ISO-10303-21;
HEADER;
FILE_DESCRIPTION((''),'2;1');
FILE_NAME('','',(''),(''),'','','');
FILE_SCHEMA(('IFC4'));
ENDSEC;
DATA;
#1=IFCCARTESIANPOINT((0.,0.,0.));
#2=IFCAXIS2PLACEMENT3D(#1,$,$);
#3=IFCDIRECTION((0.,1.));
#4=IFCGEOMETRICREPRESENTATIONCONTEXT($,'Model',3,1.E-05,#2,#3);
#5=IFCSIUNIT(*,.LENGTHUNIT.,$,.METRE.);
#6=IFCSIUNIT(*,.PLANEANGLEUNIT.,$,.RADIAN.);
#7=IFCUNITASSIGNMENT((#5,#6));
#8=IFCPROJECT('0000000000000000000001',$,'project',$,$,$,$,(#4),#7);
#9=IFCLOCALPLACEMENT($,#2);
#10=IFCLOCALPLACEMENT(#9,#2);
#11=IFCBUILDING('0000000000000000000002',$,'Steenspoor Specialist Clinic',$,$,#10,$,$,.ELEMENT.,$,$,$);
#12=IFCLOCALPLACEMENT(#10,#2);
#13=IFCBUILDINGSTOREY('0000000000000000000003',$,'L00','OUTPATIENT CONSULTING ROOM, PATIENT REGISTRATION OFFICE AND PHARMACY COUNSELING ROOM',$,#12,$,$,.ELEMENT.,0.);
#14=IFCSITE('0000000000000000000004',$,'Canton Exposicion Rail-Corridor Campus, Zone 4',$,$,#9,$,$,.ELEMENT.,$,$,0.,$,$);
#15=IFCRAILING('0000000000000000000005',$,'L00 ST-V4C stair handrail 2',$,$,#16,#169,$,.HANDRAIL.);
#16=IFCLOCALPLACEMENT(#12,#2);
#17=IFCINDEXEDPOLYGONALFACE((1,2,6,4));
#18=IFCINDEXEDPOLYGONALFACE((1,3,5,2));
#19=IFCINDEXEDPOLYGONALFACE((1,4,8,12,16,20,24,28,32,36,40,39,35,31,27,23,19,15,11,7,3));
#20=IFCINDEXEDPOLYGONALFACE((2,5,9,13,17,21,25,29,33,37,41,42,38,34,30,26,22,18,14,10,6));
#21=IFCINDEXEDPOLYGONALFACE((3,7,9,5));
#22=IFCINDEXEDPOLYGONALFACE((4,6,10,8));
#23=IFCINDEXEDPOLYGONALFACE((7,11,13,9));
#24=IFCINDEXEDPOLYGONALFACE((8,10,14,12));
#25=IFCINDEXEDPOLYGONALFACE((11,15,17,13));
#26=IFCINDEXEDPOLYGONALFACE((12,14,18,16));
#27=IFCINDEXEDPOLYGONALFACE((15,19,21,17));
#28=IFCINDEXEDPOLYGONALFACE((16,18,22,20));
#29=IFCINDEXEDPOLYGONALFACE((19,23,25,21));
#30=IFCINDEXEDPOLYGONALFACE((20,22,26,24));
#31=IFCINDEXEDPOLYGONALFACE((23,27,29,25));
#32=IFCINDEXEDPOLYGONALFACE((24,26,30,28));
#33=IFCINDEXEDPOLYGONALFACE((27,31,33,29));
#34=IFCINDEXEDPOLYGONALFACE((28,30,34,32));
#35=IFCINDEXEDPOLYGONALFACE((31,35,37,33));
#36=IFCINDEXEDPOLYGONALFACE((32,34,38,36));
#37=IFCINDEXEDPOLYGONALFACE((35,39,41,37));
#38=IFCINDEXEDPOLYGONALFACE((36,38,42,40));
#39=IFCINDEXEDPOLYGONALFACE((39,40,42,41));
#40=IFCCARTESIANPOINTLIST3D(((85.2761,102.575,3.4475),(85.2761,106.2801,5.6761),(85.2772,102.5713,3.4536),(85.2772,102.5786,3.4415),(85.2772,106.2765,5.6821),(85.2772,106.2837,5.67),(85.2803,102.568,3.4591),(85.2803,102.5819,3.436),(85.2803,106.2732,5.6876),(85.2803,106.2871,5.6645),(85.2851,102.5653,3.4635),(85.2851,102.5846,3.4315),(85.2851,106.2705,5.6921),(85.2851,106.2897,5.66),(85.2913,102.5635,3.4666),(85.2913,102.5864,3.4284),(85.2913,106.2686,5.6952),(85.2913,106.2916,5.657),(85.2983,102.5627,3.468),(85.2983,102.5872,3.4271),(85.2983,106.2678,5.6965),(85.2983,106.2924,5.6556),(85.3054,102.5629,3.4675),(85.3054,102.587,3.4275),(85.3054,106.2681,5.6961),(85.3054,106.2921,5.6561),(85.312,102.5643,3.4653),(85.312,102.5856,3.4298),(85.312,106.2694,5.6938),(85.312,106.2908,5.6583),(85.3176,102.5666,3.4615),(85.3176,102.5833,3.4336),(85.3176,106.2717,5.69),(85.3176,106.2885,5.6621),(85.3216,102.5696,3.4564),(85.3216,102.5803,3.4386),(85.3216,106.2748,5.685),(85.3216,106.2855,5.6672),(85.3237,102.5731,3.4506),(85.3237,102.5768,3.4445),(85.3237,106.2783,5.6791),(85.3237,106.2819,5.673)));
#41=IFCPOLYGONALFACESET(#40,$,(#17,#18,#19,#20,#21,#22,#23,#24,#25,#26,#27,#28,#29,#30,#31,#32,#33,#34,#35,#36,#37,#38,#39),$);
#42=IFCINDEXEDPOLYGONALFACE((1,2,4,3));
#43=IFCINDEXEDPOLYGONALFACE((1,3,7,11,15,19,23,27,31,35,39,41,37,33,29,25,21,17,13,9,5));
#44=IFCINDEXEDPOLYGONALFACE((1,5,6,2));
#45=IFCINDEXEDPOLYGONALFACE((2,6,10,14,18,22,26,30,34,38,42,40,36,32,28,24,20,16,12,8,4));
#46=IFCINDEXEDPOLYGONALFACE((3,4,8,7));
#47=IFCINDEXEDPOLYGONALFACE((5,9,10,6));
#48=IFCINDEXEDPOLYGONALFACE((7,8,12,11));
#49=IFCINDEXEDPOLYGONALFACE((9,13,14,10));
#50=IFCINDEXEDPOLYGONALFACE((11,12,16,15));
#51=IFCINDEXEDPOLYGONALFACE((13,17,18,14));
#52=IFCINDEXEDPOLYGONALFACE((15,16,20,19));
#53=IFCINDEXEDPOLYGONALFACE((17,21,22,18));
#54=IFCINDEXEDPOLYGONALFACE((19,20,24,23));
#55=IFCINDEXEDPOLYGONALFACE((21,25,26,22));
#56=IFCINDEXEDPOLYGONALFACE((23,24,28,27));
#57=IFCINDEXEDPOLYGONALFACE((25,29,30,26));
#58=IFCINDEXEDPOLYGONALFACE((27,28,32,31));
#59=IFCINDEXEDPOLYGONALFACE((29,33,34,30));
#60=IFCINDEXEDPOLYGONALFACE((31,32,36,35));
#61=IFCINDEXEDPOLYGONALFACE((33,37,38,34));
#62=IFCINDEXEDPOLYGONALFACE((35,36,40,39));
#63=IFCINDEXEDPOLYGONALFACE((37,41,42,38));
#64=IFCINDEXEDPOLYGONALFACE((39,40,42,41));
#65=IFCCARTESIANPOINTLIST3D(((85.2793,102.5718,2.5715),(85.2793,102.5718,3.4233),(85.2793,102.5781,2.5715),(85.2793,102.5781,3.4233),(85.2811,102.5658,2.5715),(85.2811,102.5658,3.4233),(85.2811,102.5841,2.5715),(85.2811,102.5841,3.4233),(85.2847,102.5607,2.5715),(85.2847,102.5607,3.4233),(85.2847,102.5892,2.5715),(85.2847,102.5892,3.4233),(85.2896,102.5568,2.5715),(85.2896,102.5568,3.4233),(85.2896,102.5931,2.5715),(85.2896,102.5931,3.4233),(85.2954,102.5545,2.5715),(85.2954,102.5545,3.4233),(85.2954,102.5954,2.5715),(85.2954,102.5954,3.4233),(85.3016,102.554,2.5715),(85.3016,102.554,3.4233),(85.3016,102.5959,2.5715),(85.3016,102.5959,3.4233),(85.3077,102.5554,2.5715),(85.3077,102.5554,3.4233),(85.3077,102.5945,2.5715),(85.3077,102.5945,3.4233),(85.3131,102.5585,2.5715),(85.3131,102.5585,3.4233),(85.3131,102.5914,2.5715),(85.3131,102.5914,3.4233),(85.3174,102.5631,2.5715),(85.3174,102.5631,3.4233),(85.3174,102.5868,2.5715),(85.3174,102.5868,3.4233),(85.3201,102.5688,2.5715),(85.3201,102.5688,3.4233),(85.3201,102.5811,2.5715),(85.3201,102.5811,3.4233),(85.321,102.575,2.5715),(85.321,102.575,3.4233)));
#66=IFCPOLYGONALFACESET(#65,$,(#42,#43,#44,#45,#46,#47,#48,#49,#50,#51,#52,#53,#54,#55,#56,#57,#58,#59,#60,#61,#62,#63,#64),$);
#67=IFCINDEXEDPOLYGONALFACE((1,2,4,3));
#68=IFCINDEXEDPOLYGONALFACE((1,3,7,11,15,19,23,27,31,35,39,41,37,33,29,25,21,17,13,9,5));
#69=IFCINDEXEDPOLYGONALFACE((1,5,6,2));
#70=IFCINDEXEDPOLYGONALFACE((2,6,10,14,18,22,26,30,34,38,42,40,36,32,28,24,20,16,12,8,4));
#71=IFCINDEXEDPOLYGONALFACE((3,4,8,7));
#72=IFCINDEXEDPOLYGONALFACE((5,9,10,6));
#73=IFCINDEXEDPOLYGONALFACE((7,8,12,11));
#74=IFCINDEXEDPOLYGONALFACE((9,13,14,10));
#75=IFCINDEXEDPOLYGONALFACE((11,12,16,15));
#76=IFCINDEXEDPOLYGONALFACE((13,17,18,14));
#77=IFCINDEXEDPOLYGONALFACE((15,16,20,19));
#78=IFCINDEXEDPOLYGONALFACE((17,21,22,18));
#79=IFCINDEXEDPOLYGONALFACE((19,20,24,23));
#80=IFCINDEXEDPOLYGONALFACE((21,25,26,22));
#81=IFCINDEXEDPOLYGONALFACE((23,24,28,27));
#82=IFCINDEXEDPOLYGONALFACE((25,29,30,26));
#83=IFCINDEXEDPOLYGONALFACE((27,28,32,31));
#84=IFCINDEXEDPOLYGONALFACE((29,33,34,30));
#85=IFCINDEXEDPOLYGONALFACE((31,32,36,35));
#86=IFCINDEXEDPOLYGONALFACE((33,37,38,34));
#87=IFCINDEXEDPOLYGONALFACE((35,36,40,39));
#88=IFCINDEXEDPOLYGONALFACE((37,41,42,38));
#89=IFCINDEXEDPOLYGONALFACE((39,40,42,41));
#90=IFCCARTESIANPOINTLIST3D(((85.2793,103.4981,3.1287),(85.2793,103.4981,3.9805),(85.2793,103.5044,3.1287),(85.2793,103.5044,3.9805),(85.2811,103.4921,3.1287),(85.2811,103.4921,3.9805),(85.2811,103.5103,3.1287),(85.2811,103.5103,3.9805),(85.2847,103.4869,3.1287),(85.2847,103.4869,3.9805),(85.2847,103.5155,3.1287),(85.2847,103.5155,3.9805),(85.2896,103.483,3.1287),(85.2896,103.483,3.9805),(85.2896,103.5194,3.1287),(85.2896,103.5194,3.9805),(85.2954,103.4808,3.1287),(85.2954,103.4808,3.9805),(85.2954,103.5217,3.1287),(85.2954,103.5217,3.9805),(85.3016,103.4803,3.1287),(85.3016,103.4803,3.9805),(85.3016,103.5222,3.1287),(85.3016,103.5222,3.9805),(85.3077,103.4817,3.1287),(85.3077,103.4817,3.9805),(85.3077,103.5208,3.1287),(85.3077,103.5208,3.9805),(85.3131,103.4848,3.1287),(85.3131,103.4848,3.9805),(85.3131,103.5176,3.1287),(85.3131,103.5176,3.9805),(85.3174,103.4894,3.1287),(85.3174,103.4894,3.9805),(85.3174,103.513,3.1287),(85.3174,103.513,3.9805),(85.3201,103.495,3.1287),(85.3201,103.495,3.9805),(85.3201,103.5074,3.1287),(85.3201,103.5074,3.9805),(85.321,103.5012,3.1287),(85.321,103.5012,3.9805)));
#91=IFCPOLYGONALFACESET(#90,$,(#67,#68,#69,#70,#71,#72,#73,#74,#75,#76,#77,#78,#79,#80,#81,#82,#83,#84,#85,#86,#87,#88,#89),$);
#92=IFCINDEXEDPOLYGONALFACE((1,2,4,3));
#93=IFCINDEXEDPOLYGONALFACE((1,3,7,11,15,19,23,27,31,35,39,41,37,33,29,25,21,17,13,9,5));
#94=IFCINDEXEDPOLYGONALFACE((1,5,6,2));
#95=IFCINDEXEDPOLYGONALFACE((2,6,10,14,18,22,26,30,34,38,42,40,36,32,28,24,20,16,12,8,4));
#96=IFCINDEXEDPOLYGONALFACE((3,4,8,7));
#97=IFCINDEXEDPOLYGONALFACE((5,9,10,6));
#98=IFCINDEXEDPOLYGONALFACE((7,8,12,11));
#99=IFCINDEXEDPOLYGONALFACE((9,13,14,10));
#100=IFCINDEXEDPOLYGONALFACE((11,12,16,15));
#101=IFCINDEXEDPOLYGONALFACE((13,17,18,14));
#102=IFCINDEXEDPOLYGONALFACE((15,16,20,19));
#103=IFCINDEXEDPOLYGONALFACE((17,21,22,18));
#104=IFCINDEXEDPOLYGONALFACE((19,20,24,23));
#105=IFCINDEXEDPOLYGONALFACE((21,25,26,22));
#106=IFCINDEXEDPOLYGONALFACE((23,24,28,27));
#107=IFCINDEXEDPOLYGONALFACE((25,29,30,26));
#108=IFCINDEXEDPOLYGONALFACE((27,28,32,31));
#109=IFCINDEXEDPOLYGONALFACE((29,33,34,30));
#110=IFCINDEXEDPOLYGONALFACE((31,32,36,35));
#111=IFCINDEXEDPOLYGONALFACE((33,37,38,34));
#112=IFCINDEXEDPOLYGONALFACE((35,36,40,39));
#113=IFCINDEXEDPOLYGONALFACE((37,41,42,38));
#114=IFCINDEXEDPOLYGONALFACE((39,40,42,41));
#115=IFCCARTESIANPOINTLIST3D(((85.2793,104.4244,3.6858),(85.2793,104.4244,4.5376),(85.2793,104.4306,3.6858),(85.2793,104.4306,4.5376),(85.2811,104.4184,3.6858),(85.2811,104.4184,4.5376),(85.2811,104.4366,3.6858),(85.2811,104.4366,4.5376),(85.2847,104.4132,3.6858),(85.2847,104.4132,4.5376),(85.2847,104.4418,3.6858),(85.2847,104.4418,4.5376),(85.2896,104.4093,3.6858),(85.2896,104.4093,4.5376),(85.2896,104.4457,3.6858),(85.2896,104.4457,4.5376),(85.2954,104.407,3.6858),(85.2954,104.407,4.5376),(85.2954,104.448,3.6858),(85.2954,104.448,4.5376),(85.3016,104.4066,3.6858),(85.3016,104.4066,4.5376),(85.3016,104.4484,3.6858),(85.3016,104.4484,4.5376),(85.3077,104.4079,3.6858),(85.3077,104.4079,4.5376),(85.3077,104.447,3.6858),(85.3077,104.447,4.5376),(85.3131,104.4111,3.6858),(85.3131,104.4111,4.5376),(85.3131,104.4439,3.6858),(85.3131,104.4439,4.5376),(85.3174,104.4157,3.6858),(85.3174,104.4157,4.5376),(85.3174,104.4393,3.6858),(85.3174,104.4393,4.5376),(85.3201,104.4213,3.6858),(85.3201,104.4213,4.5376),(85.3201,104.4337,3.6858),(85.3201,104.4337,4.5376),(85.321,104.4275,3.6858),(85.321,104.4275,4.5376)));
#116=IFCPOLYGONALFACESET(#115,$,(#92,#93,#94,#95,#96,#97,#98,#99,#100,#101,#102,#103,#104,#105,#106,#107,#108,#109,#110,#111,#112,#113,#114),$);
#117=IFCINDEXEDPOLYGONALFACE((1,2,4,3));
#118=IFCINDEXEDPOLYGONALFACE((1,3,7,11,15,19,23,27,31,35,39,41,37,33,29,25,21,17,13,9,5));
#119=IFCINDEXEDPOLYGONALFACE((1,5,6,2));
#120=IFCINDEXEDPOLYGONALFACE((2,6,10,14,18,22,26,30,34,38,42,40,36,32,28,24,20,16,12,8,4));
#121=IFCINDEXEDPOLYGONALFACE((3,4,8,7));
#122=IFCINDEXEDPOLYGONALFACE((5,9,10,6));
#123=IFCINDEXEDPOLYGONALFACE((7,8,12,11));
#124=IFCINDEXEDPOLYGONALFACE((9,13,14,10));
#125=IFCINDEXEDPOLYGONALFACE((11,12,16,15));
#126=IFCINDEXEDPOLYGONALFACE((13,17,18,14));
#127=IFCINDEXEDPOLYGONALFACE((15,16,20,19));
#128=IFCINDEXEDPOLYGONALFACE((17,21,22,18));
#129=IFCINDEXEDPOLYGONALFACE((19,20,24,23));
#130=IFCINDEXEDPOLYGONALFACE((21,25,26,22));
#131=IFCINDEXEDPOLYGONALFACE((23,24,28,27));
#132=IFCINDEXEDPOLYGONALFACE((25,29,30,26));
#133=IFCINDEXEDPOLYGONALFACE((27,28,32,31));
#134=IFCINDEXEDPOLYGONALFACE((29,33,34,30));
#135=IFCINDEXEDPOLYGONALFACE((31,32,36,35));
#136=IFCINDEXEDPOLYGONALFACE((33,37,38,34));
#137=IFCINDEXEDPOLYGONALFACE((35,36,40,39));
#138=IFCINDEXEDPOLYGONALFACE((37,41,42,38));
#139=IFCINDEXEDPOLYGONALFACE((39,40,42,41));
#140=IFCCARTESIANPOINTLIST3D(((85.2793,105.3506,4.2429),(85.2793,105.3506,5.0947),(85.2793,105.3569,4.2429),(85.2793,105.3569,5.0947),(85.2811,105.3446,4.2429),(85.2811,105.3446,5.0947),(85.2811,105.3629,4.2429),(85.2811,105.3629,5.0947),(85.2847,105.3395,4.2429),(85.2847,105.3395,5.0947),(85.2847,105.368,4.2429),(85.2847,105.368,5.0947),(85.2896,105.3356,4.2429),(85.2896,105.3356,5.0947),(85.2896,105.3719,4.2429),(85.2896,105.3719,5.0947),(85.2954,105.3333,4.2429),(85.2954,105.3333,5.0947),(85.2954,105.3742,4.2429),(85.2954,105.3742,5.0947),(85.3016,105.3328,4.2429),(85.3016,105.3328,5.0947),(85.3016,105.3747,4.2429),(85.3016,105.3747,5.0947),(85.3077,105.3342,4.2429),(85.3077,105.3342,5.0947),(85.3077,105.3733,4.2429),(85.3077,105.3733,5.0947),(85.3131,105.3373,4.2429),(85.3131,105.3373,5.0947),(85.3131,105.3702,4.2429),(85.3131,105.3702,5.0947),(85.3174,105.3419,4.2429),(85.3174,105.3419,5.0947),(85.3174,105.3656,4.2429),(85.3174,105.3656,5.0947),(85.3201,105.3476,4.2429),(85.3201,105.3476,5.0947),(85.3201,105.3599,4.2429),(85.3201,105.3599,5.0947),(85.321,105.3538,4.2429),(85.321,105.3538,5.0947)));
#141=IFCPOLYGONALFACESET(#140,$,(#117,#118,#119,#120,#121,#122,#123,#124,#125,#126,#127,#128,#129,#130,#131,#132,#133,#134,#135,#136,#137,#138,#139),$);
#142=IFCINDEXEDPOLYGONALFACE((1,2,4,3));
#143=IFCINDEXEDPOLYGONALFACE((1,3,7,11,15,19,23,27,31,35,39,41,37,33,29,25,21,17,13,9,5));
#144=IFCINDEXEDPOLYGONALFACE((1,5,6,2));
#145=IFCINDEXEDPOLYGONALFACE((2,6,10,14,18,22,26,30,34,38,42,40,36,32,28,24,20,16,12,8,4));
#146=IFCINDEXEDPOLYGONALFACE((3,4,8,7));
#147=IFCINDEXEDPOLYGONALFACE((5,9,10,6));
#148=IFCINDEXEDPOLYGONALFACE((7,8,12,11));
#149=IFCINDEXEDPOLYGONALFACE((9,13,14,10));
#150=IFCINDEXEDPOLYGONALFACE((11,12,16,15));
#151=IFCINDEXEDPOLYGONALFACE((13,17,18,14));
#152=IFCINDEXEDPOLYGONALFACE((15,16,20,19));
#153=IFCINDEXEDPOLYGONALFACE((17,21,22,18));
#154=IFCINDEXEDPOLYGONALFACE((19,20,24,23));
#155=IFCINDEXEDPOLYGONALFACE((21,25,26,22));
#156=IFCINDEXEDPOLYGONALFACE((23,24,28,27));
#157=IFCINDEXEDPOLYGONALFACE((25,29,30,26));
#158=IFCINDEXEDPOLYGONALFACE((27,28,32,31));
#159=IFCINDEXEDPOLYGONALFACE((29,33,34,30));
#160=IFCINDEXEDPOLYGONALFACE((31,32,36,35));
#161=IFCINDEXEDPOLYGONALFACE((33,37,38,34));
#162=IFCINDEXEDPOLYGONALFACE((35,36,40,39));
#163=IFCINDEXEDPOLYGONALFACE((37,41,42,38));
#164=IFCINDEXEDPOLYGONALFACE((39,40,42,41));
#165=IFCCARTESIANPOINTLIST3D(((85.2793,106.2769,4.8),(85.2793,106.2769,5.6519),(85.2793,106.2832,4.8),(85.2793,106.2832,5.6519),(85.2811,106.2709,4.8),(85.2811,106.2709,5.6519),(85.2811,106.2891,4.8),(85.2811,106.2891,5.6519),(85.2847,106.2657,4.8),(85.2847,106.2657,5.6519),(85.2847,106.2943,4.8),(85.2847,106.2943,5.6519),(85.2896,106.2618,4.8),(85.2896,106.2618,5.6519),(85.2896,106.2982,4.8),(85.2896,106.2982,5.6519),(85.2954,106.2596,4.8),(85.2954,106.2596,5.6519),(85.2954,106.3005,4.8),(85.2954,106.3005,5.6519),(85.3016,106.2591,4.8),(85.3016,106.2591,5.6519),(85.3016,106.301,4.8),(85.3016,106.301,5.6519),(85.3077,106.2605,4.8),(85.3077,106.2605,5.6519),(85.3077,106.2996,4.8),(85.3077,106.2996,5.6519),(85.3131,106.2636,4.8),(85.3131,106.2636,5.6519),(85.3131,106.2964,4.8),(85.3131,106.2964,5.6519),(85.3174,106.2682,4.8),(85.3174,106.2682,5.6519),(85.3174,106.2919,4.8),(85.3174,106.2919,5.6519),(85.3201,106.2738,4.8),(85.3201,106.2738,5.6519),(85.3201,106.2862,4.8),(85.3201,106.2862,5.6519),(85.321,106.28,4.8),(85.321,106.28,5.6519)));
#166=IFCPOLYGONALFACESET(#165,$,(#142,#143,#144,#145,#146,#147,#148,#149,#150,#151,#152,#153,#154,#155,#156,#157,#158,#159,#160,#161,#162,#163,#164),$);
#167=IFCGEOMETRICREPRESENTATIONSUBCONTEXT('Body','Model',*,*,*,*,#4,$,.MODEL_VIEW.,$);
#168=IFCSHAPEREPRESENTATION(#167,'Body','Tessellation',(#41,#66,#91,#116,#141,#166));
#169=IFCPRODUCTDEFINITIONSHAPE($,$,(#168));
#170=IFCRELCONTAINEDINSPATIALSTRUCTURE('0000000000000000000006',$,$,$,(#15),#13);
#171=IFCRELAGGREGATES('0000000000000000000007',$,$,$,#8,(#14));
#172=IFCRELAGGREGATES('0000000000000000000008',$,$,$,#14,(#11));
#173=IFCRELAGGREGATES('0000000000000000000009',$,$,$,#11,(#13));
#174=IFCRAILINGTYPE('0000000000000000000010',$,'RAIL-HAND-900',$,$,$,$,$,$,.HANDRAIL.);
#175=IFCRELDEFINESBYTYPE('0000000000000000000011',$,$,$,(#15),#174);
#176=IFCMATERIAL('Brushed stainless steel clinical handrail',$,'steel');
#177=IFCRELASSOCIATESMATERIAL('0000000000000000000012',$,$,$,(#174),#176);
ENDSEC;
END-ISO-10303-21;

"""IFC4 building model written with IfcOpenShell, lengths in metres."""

from ifc_helpers import new_model, si_unit, direction, frame, origin, origin_2d, place, context, subcontext, project, spatial, circle, extrude, material, type_object, element, save


model = new_model("IFC4")

# Units and contexts
model_context = context("Model", 3, precision=1e-05, world=origin(), true_north=direction((0.0, 1.0)))
body_context = subcontext(model_context, "Body", "Model", "MODEL_VIEW")
ifc_project = project(units=[si_unit("LENGTHUNIT", "METRE"), si_unit("PLANEANGLEUNIT", "RADIAN")], contexts=[model_context])

# Site, building, storey
site_placement = place(None, origin())
site = spatial("IfcSite", under=ifc_project, at=site_placement, Name="Canton Exposicion Rail-Corridor Campus, Zone 4", CompositionType="ELEMENT", RefElevation=0.0)
building_placement = place(site_placement, origin())
building = spatial("IfcBuilding", under=site, at=building_placement, Name="Steenspoor Specialist Clinic", CompositionType="ELEMENT")
storey_placement = place(building_placement, origin())
storey = spatial("IfcBuildingStorey", under=building, at=storey_placement, Name="L00", Description="OUTPATIENT CONSULTING ROOM, PATIENT REGISTRATION OFFICE AND PHARMACY COUNSELING ROOM", CompositionType="ELEMENT", Elevation=0.0)

# Railing
ifc_material_1 = material(Name="Brushed stainless steel clinical handrail", Category="steel")
railing_type_1 = type_object("IfcRailingType", Name="RAIL-HAND-900", PredefinedType="HANDRAIL", material=ifc_material_1)
railing_1_placement = place(storey_placement, frame((85.3, 102.575, 2.5715)))
element("IfcRailing", 1, at=railing_1_placement, inside=storey, type_object=railing_type_1, Name="L00 ST-V4C stair handrail 2", PredefinedType="HANDRAIL", context=body_context, shape_type="SweptSolid", body=[
    extrude(circle(Radius=0.0239, at=origin_2d()), frame((0.0, 0.0, 0.876), z_axis=(0.0, 0.856934, 0.515425), x_axis=(-1.0, 0.0, 0.0)), (0.0, 0.0, 1.0), 4.3237),
    extrude(circle(Radius=0.021, at=origin_2d()), origin(), (0.0, 0.0, 1.0), 0.8518),
    extrude(circle(Radius=0.021, at=origin_2d()), frame((0.0, 0.9263, 0.5571)), (0.0, 0.0, 1.0), 0.8518),
    extrude(circle(Radius=0.021, at=origin_2d()), frame((0.0, 1.8525, 1.1143)), (0.0, 0.0, 1.0), 0.8518),
    extrude(circle(Radius=0.021, at=origin_2d()), frame((0.0, 2.7788, 1.6714)), (0.0, 0.0, 1.0), 0.8518),
    extrude(circle(Radius=0.021, at=origin_2d()), frame((0.0, 3.7051, 2.2285)), (0.0, 0.0, 1.0), 0.8518),
])

save(model, "model.ifc")
